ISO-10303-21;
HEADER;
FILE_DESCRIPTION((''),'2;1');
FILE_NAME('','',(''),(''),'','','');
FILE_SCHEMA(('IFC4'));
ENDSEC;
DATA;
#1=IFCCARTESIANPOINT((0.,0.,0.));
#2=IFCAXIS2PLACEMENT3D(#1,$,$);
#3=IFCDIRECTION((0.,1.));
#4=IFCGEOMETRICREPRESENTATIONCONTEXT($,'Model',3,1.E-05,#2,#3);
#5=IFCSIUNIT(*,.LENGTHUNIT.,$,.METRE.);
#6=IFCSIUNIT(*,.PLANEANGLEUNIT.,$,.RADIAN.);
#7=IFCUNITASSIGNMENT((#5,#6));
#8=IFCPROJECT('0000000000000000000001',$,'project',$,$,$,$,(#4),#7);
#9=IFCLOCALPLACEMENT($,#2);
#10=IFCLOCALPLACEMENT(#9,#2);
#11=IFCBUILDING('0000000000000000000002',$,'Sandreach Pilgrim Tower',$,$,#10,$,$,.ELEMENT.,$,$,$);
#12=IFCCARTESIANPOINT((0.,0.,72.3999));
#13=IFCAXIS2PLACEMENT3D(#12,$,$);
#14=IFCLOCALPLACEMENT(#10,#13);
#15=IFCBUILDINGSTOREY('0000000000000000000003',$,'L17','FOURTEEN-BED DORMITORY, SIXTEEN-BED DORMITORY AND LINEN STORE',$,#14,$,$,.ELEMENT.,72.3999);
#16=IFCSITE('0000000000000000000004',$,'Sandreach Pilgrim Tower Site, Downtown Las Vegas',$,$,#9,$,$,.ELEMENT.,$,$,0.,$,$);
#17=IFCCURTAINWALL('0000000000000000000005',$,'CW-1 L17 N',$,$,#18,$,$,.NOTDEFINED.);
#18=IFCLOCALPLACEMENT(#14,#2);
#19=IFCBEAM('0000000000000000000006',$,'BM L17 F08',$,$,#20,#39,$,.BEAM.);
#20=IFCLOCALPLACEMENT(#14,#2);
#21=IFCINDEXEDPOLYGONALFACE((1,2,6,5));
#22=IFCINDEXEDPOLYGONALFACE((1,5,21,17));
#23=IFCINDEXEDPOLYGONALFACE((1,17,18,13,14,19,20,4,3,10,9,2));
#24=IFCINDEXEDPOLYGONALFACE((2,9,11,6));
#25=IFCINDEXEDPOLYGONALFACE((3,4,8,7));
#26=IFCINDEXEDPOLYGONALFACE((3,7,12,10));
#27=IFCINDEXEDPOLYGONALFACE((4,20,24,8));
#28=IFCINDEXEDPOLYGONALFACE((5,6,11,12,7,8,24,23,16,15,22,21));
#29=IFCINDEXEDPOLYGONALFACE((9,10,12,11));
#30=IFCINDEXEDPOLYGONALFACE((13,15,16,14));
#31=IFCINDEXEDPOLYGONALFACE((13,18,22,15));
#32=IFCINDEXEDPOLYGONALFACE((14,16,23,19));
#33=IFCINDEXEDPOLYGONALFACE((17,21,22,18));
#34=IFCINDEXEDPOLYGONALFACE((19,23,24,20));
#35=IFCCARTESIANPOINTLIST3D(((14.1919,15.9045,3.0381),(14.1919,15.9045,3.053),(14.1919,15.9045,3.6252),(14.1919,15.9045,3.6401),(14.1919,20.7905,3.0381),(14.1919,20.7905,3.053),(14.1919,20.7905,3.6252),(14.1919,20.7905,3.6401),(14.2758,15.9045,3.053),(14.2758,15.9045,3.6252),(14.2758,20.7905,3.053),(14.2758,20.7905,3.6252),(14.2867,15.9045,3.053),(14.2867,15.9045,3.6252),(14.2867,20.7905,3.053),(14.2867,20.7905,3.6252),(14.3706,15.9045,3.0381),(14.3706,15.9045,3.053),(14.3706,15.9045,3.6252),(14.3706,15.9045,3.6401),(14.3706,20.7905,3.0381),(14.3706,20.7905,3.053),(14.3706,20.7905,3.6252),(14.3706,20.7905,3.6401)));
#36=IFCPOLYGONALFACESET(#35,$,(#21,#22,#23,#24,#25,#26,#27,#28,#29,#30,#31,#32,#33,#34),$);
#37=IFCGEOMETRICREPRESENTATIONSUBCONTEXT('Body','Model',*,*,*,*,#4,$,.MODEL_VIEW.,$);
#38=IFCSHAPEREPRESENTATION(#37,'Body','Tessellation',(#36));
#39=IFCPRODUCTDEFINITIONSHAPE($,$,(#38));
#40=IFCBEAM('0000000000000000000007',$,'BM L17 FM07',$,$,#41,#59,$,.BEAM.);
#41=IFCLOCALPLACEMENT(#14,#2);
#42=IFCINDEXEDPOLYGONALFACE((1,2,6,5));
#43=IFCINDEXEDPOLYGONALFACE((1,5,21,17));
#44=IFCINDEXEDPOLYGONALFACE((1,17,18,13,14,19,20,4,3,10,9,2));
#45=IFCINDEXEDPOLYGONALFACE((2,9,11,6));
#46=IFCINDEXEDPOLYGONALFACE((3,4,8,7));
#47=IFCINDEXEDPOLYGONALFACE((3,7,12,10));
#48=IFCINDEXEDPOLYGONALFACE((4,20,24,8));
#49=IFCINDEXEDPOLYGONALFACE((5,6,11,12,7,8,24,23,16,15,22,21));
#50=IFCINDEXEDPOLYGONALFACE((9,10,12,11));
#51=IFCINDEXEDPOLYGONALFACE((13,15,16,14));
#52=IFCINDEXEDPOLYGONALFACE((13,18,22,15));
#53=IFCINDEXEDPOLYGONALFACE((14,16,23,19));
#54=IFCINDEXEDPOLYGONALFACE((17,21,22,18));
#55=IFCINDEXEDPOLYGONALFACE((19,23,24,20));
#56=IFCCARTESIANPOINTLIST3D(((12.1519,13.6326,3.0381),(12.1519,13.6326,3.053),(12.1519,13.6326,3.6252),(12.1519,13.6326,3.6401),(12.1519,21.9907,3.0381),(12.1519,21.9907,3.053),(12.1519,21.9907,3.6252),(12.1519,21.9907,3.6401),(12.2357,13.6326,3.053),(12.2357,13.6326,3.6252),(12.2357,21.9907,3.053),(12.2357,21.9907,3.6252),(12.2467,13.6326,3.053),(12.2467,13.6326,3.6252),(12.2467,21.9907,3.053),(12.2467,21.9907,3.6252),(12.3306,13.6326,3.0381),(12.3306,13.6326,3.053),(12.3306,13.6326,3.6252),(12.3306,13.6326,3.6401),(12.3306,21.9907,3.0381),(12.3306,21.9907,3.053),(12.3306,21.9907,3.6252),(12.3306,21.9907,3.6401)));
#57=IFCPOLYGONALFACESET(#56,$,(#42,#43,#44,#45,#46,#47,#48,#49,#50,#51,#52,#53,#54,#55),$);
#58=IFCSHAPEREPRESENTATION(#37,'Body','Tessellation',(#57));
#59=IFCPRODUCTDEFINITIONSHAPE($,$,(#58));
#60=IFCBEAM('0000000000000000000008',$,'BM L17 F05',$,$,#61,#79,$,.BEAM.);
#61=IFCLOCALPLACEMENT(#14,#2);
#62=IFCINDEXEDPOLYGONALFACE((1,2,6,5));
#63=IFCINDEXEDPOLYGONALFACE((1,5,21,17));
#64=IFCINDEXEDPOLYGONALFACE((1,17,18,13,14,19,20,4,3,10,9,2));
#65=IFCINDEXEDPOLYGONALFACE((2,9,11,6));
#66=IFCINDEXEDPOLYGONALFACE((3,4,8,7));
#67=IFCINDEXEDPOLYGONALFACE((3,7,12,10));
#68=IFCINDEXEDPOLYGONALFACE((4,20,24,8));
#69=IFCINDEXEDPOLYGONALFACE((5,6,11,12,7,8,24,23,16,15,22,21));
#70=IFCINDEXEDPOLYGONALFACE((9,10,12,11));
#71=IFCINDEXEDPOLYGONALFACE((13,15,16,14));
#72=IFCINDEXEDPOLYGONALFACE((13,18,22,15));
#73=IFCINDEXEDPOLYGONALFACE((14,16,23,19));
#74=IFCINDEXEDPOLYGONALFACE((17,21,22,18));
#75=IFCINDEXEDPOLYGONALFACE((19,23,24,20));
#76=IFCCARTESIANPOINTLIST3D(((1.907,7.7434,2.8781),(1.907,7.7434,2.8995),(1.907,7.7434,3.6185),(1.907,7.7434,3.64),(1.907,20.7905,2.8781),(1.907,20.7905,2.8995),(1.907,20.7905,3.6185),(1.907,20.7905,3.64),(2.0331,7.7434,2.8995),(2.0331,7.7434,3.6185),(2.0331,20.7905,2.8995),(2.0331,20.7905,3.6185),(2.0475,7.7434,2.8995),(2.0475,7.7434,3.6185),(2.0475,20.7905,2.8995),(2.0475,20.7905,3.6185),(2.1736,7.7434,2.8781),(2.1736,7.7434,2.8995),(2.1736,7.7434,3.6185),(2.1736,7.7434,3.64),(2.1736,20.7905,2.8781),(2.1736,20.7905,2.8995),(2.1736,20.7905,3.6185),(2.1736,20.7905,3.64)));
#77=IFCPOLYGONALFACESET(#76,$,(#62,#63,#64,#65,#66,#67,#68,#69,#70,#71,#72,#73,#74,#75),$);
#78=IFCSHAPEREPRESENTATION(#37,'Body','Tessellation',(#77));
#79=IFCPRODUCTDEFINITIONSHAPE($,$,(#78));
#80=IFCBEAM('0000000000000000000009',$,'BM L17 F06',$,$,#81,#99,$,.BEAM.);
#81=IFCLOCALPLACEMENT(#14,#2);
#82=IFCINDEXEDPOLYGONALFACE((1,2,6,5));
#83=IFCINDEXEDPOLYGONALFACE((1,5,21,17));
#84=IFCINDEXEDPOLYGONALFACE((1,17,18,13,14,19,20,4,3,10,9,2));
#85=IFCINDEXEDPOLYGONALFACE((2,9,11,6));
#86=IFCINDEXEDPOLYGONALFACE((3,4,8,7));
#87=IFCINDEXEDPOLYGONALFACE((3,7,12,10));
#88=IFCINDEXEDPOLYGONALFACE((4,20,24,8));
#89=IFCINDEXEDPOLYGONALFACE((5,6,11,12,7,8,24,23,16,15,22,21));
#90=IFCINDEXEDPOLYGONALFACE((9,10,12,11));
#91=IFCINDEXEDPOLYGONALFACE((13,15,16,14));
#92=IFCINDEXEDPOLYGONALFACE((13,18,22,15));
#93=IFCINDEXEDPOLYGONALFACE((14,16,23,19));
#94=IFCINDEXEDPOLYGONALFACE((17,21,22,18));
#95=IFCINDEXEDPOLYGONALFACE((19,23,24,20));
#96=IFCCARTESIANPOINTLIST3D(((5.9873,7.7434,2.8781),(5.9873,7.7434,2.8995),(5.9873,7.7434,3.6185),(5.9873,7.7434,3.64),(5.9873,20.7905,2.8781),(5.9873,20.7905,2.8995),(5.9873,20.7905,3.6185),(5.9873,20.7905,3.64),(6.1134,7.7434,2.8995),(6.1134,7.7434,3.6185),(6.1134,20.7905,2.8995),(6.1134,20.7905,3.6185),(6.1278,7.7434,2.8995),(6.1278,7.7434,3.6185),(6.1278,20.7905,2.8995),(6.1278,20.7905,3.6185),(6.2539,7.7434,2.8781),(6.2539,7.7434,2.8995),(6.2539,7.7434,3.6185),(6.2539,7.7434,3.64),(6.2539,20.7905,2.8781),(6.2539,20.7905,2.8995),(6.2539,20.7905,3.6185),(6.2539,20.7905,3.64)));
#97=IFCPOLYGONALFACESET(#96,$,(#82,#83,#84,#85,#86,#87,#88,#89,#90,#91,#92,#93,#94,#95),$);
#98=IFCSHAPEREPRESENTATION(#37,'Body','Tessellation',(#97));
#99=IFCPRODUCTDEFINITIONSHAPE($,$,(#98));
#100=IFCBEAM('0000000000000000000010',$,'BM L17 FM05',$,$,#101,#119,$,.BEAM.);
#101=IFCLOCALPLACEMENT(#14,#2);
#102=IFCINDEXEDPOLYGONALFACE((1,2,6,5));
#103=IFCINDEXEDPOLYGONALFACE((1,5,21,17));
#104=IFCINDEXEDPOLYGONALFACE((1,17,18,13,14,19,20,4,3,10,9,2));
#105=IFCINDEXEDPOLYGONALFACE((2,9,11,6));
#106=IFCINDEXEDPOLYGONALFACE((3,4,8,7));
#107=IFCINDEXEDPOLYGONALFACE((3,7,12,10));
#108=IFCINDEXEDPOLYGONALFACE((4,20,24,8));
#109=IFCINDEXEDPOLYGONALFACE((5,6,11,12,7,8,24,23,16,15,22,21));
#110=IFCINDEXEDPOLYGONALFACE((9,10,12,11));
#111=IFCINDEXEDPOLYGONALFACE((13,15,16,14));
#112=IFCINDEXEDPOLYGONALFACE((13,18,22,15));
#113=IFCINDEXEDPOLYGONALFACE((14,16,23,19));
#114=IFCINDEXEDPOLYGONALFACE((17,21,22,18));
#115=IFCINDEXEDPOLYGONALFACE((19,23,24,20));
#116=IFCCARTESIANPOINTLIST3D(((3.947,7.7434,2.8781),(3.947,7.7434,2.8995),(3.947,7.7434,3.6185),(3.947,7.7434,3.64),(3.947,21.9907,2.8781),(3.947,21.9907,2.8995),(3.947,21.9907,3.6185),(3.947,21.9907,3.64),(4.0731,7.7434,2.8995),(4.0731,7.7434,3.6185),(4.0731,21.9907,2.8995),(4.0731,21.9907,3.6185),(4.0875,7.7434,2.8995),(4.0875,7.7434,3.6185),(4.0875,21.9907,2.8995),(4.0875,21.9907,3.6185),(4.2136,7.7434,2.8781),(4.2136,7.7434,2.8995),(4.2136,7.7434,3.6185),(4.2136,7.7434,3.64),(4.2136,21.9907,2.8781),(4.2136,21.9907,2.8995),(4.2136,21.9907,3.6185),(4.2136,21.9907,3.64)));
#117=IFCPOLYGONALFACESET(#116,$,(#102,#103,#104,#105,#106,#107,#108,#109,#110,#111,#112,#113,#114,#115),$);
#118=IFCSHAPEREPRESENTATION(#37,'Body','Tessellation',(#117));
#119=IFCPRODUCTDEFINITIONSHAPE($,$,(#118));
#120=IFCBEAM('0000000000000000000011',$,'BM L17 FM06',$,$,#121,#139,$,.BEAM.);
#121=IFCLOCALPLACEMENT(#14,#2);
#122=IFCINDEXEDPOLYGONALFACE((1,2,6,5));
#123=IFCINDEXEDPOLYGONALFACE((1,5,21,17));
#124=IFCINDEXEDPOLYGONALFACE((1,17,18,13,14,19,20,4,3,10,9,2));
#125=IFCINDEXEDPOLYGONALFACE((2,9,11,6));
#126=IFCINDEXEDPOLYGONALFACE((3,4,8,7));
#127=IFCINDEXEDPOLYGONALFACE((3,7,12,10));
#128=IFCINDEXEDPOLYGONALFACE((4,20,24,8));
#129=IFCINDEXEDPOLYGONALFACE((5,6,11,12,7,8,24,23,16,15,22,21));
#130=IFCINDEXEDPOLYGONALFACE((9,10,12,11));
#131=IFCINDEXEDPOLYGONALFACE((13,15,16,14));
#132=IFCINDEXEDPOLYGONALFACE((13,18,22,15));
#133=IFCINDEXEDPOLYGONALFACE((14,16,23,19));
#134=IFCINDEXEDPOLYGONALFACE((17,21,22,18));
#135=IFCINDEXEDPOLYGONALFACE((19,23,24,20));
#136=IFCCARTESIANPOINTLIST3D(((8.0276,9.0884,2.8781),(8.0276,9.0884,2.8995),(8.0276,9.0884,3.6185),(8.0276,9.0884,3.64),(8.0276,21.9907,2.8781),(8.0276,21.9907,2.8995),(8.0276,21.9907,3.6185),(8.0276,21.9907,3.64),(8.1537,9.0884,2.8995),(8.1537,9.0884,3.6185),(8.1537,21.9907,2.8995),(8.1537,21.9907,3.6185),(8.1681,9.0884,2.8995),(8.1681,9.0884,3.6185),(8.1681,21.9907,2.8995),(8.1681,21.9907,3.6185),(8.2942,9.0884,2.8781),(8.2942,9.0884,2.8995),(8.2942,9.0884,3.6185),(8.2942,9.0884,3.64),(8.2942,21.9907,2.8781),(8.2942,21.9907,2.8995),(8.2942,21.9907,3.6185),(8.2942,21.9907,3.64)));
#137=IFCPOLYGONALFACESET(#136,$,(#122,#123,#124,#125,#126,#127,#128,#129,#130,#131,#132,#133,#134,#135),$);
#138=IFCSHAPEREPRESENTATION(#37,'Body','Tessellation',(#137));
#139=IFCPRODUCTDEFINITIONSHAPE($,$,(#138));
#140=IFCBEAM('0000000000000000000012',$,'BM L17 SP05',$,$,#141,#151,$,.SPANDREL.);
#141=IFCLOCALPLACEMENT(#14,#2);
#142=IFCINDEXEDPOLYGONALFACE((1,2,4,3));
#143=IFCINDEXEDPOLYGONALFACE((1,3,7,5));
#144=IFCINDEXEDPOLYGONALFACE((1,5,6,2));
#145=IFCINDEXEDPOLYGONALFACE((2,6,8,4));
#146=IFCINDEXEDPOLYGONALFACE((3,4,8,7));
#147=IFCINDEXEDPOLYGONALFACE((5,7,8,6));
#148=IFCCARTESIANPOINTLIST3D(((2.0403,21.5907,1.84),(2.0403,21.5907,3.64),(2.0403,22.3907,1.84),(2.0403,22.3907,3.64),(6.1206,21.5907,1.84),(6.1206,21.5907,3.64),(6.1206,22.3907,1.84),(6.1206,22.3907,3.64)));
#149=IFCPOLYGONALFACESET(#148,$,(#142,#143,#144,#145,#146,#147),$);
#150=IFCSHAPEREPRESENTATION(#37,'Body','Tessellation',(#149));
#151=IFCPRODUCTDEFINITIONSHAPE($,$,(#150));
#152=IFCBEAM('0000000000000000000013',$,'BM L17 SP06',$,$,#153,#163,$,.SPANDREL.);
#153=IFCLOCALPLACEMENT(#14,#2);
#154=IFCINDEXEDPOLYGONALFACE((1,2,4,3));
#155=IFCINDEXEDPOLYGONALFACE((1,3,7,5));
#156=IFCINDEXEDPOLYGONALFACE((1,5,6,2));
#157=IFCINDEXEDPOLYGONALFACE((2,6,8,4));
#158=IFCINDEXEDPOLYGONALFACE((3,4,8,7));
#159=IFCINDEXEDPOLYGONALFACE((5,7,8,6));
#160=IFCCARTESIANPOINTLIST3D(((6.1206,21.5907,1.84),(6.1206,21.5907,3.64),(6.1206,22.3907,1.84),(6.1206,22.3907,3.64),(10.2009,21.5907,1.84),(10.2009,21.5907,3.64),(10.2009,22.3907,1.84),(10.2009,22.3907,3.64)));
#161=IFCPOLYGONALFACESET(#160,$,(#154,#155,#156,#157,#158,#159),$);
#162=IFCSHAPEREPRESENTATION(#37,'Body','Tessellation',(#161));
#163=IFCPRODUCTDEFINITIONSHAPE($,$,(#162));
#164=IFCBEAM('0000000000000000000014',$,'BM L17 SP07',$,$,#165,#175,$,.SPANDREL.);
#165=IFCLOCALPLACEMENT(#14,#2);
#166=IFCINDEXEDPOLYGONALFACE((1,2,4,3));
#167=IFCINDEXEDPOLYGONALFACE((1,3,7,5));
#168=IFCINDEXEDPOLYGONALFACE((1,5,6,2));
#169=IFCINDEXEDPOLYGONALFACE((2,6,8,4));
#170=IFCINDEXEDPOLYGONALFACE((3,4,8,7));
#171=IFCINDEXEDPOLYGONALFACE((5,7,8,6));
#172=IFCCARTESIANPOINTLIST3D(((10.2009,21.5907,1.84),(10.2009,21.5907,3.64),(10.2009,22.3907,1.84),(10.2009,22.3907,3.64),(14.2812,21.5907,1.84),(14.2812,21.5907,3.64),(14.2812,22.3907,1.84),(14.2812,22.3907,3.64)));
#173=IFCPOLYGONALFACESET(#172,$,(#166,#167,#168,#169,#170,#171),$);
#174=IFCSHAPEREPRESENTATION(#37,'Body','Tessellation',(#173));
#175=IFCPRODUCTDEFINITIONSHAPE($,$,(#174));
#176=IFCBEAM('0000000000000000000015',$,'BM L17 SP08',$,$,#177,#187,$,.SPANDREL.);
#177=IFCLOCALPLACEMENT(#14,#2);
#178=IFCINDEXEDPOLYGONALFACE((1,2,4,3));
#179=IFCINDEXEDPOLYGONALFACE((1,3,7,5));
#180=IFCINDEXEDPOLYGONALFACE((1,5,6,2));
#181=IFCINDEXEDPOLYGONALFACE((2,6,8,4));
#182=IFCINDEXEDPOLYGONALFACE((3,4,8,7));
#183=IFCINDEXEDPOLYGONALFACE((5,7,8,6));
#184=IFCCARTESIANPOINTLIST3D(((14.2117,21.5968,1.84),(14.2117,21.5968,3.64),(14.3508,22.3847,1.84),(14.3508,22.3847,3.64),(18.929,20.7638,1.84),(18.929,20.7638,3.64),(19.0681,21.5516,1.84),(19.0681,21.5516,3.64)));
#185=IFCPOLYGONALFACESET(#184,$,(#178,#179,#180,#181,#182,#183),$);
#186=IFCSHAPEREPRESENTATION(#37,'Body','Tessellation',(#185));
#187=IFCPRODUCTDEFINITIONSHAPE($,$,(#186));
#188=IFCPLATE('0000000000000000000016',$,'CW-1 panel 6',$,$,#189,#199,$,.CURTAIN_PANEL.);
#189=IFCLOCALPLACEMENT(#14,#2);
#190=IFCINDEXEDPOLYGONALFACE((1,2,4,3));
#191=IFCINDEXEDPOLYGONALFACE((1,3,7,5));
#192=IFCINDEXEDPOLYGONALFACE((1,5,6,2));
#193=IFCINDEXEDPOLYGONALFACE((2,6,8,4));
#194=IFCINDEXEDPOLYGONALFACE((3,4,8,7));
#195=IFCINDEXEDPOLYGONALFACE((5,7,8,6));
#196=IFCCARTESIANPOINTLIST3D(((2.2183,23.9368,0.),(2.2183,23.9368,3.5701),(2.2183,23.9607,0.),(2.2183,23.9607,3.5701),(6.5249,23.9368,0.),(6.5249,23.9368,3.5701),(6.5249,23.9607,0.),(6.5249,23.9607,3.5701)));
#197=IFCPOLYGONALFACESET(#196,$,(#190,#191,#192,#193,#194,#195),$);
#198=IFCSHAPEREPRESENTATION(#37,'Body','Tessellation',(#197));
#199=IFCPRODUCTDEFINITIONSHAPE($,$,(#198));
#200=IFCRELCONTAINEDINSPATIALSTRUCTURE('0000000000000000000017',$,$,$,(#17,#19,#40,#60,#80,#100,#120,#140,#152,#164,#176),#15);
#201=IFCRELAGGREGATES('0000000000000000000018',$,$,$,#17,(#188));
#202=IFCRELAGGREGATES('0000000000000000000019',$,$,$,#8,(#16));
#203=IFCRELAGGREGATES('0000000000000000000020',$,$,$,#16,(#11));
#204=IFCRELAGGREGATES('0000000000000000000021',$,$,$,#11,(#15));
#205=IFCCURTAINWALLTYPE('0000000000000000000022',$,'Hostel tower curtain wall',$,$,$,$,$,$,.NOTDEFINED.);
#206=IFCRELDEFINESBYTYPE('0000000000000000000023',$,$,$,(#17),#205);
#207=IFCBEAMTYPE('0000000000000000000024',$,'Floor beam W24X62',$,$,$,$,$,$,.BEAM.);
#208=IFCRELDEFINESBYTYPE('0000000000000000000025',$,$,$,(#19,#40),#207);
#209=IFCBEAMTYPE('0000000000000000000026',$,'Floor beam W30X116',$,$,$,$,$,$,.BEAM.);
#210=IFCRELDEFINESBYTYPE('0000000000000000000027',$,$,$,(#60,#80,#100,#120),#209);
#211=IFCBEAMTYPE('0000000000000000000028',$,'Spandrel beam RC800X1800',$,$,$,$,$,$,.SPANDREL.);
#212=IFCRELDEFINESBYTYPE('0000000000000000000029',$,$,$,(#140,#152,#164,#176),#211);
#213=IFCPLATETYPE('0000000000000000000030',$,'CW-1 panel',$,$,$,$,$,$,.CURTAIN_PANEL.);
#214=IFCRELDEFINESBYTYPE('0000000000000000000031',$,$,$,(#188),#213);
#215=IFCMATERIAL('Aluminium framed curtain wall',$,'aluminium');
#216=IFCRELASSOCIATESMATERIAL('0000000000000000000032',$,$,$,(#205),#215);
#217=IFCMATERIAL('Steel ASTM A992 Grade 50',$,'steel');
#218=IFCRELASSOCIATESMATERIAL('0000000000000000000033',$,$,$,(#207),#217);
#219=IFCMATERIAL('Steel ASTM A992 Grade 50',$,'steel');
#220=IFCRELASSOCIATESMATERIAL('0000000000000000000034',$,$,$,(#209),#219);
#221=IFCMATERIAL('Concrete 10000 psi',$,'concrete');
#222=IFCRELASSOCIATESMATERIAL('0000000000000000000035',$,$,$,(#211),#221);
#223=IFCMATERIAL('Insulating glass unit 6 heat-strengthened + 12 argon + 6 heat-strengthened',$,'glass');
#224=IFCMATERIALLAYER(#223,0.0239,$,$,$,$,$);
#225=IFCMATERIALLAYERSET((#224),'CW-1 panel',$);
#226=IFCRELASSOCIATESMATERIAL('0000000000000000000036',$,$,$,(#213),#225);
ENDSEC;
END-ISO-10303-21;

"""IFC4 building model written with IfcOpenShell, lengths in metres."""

from ifc_helpers import new_model, si_unit, direction, frame, origin, origin_2d, place, context, subcontext, project, spatial, rectangle, i_section, extrude, material, layer, layer_set, material_profile, profile_set, type_object, element, aggregate, save


model = new_model("IFC4")

# Units and contexts
model_context = context("Model", 3, precision=1e-05, world=origin(), true_north=direction((0.0, 1.0)))
body_context = subcontext(model_context, "Body", "Model", "MODEL_VIEW")
ifc_project = project(units=[si_unit("LENGTHUNIT", "METRE"), si_unit("PLANEANGLEUNIT", "RADIAN")], contexts=[model_context])

# Site, building, storey
site_placement = place(None, origin())
site = spatial("IfcSite", under=ifc_project, at=site_placement, Name="Sandreach Pilgrim Tower Site, Downtown Las Vegas", CompositionType="ELEMENT", RefElevation=0.0)
building_placement = place(site_placement, origin())
building = spatial("IfcBuilding", under=site, at=building_placement, Name="Sandreach Pilgrim Tower", CompositionType="ELEMENT")
storey_placement = place(building_placement, frame((0.0, 0.0, 72.3999)))
storey = spatial("IfcBuildingStorey", under=building, at=storey_placement, Name="L17", Description="FOURTEEN-BED DORMITORY, SIXTEEN-BED DORMITORY AND LINEN STORE", CompositionType="ELEMENT", Elevation=72.3999)

# Curtain wall
ifc_material_1 = material(Name="Aluminium framed curtain wall", Category="aluminium")
curtain_wall_type = type_object("IfcCurtainWallType", Name="Hostel tower curtain wall", PredefinedType="NOTDEFINED", material=ifc_material_1)
curtain_wall_placement = place(storey_placement, origin())
curtain_wall = element("IfcCurtainWall", 1, at=curtain_wall_placement, inside=storey, type_object=curtain_wall_type, Name="CW-1 L17 N", PredefinedType="NOTDEFINED")

# Beams
ifc_material_2 = material(Name="Steel ASTM A992 Grade 50", Category="steel")
ifc_material_profile_1 = material_profile(ifc_material_2, i_section(OverallWidth=0.1787, OverallDepth=0.6021, WebThickness=0.011, FlangeThickness=0.0149, at=origin_2d()), Name="W24X62")
ifc_profile_set_1 = profile_set([ifc_material_profile_1], Name="Steel ASTM A992 Grade 50")
beam_type_1 = type_object("IfcBeamType", Name="Floor beam W24X62", PredefinedType="BEAM", material=ifc_profile_set_1)
beam_1_placement = place(storey_placement, frame((14.2812, 20.7905, 3.3391), z_axis=(0.0, -1.0, 0.0), x_axis=(1.0, 0.0, 0.0)))
element("IfcBeam", 2, at=beam_1_placement, inside=storey, type_object=beam_type_1, Name="BM L17 F08", PredefinedType="BEAM", context=body_context, shape_type="SweptSolid", body=[
    extrude(i_section(OverallWidth=0.1787, OverallDepth=0.6021, WebThickness=0.011, FlangeThickness=0.0149, at=origin_2d()), origin(), (0.0, 0.0, 1.0), 4.886),
])
beam_2_placement = place(storey_placement, frame((12.2412, 21.9907, 3.3391), z_axis=(0.0, -1.0, 0.0), x_axis=(1.0, 0.0, 0.0)))
element("IfcBeam", 3, at=beam_2_placement, inside=storey, type_object=beam_type_1, Name="BM L17 FM07", PredefinedType="BEAM", context=body_context, shape_type="SweptSolid", body=[
    extrude(i_section(OverallWidth=0.1787, OverallDepth=0.6021, WebThickness=0.011, FlangeThickness=0.0149, at=origin_2d()), origin(), (0.0, 0.0, 1.0), 8.3582),
])
ifc_material_3 = material(Name="Steel ASTM A992 Grade 50", Category="steel")
ifc_material_profile_2 = material_profile(ifc_material_3, i_section(OverallWidth=0.2666, OverallDepth=0.762, WebThickness=0.0144, FlangeThickness=0.0215, at=origin_2d()), Name="W30X116")
ifc_profile_set_2 = profile_set([ifc_material_profile_2], Name="Steel ASTM A992 Grade 50")
beam_type_2 = type_object("IfcBeamType", Name="Floor beam W30X116", PredefinedType="BEAM", material=ifc_profile_set_2)
for number, where, z_axis, x_axis, name in (
    (4, (2.0403, 20.7905, 3.259), (0.0, -1.0, 0.0), (1.0, 0.0, 0.0), "BM L17 F05"),
    (5, (6.1206, 20.7905, 3.259), (0.0, -1.0, 0.0), (1.0, 0.0, 0.0), "BM L17 F06"),
):
    element("IfcBeam", number, at=place(storey_placement, frame(where, z_axis=z_axis, x_axis=x_axis)), inside=storey, type_object=beam_type_2, Name=name, PredefinedType="BEAM", context=body_context, shape_type="SweptSolid", body=[
        extrude(i_section(OverallWidth=0.2666, OverallDepth=0.762, WebThickness=0.0144, FlangeThickness=0.0215, at=origin_2d()), origin(), (0.0, 0.0, 1.0), 13.0471),
    ])
beam_3_placement = place(storey_placement, frame((4.0803, 21.9907, 3.259), z_axis=(0.0, -1.0, 0.0), x_axis=(1.0, 0.0, 0.0)))
element("IfcBeam", 6, at=beam_3_placement, inside=storey, type_object=beam_type_2, Name="BM L17 FM05", PredefinedType="BEAM", context=body_context, shape_type="SweptSolid", body=[
    extrude(i_section(OverallWidth=0.2666, OverallDepth=0.762, WebThickness=0.0144, FlangeThickness=0.0215, at=origin_2d()), origin(), (0.0, 0.0, 1.0), 14.2473),
])
beam_4_placement = place(storey_placement, frame((8.1609, 21.9907, 3.259), z_axis=(0.0, -1.0, 0.0), x_axis=(1.0, 0.0, 0.0)))
element("IfcBeam", 7, at=beam_4_placement, inside=storey, type_object=beam_type_2, Name="BM L17 FM06", PredefinedType="BEAM", context=body_context, shape_type="SweptSolid", body=[
    extrude(i_section(OverallWidth=0.2666, OverallDepth=0.762, WebThickness=0.0144, FlangeThickness=0.0215, at=origin_2d()), origin(), (0.0, 0.0, 1.0), 12.9023),
])
ifc_material_4 = material(Name="Concrete 10000 psi", Category="concrete")
ifc_material_profile_3 = material_profile(ifc_material_4, rectangle(XDim=0.8, YDim=1.8, at=origin_2d()), Name="RC800X1800")
ifc_profile_set_3 = profile_set([ifc_material_profile_3], Name="Concrete 10000 psi")
beam_type_3 = type_object("IfcBeamType", Name="Spandrel beam RC800X1800", PredefinedType="SPANDREL", material=ifc_profile_set_3)
for number, where, z_axis, x_axis, name in (
    (8, (2.0403, 21.9907, 2.74), (1.0, 0.0, 0.0), (0.0, 1.0, 0.0), "BM L17 SP05"),
    (9, (6.1206, 21.9907, 2.74), (1.0, 0.0, 0.0), (0.0, 1.0, 0.0), "BM L17 SP06"),
    (10, (10.2009, 21.9907, 2.74), (1.0, 0.0, 0.0), (0.0, 1.0, 0.0), "BM L17 SP07"),
):
    element("IfcBeam", number, at=place(storey_placement, frame(where, z_axis=z_axis, x_axis=x_axis)), inside=storey, type_object=beam_type_3, Name=name, PredefinedType="SPANDREL", context=body_context, shape_type="SweptSolid", body=[
        extrude(rectangle(XDim=0.8, YDim=1.8, at=origin_2d()), origin(), (0.0, 0.0, 1.0), 4.0803),
    ])
beam_5_placement = place(storey_placement, frame((14.2812, 21.9907, 2.74), z_axis=(0.984764, -0.173896, 0.0), x_axis=(0.173896, 0.984764, 0.0)))
element("IfcBeam", 11, at=beam_5_placement, inside=storey, type_object=beam_type_3, Name="BM L17 SP08", PredefinedType="SPANDREL", context=body_context, shape_type="SweptSolid", body=[
    extrude(rectangle(XDim=0.8, YDim=1.8, at=origin_2d()), origin(), (0.0, 0.0, 1.0), 4.7903),
])

# Plate
ifc_material_5 = material(Name="Insulating glass unit 6 heat-strengthened + 12 argon + 6 heat-strengthened", Category="glass")
ifc_layer_1 = layer(ifc_material_5, 0.0239)
ifc_layer_set_1 = layer_set([ifc_layer_1], Name="CW-1 panel")
plate_type = type_object("IfcPlateType", Name="CW-1 panel", PredefinedType="CURTAIN_PANEL", material=ifc_layer_set_1)
plate_1_placement = place(storey_placement, frame((4.3716, 23.9487, 0.0), z_axis=(0.0, 0.0, 1.0), x_axis=(1.0, 0.0, 0.0)))
plate_1 = element("IfcPlate", 12, at=plate_1_placement, type_object=plate_type, Name="CW-1 panel 6", PredefinedType="CURTAIN_PANEL", context=body_context, shape_type="SweptSolid", body=[
    extrude(rectangle(XDim=4.3066, YDim=0.0239, at=origin_2d()), origin(), (0.0, 0.0, 1.0), 3.5701),
])
aggregate(curtain_wall, [plate_1])

save(model, "model.ifc")
